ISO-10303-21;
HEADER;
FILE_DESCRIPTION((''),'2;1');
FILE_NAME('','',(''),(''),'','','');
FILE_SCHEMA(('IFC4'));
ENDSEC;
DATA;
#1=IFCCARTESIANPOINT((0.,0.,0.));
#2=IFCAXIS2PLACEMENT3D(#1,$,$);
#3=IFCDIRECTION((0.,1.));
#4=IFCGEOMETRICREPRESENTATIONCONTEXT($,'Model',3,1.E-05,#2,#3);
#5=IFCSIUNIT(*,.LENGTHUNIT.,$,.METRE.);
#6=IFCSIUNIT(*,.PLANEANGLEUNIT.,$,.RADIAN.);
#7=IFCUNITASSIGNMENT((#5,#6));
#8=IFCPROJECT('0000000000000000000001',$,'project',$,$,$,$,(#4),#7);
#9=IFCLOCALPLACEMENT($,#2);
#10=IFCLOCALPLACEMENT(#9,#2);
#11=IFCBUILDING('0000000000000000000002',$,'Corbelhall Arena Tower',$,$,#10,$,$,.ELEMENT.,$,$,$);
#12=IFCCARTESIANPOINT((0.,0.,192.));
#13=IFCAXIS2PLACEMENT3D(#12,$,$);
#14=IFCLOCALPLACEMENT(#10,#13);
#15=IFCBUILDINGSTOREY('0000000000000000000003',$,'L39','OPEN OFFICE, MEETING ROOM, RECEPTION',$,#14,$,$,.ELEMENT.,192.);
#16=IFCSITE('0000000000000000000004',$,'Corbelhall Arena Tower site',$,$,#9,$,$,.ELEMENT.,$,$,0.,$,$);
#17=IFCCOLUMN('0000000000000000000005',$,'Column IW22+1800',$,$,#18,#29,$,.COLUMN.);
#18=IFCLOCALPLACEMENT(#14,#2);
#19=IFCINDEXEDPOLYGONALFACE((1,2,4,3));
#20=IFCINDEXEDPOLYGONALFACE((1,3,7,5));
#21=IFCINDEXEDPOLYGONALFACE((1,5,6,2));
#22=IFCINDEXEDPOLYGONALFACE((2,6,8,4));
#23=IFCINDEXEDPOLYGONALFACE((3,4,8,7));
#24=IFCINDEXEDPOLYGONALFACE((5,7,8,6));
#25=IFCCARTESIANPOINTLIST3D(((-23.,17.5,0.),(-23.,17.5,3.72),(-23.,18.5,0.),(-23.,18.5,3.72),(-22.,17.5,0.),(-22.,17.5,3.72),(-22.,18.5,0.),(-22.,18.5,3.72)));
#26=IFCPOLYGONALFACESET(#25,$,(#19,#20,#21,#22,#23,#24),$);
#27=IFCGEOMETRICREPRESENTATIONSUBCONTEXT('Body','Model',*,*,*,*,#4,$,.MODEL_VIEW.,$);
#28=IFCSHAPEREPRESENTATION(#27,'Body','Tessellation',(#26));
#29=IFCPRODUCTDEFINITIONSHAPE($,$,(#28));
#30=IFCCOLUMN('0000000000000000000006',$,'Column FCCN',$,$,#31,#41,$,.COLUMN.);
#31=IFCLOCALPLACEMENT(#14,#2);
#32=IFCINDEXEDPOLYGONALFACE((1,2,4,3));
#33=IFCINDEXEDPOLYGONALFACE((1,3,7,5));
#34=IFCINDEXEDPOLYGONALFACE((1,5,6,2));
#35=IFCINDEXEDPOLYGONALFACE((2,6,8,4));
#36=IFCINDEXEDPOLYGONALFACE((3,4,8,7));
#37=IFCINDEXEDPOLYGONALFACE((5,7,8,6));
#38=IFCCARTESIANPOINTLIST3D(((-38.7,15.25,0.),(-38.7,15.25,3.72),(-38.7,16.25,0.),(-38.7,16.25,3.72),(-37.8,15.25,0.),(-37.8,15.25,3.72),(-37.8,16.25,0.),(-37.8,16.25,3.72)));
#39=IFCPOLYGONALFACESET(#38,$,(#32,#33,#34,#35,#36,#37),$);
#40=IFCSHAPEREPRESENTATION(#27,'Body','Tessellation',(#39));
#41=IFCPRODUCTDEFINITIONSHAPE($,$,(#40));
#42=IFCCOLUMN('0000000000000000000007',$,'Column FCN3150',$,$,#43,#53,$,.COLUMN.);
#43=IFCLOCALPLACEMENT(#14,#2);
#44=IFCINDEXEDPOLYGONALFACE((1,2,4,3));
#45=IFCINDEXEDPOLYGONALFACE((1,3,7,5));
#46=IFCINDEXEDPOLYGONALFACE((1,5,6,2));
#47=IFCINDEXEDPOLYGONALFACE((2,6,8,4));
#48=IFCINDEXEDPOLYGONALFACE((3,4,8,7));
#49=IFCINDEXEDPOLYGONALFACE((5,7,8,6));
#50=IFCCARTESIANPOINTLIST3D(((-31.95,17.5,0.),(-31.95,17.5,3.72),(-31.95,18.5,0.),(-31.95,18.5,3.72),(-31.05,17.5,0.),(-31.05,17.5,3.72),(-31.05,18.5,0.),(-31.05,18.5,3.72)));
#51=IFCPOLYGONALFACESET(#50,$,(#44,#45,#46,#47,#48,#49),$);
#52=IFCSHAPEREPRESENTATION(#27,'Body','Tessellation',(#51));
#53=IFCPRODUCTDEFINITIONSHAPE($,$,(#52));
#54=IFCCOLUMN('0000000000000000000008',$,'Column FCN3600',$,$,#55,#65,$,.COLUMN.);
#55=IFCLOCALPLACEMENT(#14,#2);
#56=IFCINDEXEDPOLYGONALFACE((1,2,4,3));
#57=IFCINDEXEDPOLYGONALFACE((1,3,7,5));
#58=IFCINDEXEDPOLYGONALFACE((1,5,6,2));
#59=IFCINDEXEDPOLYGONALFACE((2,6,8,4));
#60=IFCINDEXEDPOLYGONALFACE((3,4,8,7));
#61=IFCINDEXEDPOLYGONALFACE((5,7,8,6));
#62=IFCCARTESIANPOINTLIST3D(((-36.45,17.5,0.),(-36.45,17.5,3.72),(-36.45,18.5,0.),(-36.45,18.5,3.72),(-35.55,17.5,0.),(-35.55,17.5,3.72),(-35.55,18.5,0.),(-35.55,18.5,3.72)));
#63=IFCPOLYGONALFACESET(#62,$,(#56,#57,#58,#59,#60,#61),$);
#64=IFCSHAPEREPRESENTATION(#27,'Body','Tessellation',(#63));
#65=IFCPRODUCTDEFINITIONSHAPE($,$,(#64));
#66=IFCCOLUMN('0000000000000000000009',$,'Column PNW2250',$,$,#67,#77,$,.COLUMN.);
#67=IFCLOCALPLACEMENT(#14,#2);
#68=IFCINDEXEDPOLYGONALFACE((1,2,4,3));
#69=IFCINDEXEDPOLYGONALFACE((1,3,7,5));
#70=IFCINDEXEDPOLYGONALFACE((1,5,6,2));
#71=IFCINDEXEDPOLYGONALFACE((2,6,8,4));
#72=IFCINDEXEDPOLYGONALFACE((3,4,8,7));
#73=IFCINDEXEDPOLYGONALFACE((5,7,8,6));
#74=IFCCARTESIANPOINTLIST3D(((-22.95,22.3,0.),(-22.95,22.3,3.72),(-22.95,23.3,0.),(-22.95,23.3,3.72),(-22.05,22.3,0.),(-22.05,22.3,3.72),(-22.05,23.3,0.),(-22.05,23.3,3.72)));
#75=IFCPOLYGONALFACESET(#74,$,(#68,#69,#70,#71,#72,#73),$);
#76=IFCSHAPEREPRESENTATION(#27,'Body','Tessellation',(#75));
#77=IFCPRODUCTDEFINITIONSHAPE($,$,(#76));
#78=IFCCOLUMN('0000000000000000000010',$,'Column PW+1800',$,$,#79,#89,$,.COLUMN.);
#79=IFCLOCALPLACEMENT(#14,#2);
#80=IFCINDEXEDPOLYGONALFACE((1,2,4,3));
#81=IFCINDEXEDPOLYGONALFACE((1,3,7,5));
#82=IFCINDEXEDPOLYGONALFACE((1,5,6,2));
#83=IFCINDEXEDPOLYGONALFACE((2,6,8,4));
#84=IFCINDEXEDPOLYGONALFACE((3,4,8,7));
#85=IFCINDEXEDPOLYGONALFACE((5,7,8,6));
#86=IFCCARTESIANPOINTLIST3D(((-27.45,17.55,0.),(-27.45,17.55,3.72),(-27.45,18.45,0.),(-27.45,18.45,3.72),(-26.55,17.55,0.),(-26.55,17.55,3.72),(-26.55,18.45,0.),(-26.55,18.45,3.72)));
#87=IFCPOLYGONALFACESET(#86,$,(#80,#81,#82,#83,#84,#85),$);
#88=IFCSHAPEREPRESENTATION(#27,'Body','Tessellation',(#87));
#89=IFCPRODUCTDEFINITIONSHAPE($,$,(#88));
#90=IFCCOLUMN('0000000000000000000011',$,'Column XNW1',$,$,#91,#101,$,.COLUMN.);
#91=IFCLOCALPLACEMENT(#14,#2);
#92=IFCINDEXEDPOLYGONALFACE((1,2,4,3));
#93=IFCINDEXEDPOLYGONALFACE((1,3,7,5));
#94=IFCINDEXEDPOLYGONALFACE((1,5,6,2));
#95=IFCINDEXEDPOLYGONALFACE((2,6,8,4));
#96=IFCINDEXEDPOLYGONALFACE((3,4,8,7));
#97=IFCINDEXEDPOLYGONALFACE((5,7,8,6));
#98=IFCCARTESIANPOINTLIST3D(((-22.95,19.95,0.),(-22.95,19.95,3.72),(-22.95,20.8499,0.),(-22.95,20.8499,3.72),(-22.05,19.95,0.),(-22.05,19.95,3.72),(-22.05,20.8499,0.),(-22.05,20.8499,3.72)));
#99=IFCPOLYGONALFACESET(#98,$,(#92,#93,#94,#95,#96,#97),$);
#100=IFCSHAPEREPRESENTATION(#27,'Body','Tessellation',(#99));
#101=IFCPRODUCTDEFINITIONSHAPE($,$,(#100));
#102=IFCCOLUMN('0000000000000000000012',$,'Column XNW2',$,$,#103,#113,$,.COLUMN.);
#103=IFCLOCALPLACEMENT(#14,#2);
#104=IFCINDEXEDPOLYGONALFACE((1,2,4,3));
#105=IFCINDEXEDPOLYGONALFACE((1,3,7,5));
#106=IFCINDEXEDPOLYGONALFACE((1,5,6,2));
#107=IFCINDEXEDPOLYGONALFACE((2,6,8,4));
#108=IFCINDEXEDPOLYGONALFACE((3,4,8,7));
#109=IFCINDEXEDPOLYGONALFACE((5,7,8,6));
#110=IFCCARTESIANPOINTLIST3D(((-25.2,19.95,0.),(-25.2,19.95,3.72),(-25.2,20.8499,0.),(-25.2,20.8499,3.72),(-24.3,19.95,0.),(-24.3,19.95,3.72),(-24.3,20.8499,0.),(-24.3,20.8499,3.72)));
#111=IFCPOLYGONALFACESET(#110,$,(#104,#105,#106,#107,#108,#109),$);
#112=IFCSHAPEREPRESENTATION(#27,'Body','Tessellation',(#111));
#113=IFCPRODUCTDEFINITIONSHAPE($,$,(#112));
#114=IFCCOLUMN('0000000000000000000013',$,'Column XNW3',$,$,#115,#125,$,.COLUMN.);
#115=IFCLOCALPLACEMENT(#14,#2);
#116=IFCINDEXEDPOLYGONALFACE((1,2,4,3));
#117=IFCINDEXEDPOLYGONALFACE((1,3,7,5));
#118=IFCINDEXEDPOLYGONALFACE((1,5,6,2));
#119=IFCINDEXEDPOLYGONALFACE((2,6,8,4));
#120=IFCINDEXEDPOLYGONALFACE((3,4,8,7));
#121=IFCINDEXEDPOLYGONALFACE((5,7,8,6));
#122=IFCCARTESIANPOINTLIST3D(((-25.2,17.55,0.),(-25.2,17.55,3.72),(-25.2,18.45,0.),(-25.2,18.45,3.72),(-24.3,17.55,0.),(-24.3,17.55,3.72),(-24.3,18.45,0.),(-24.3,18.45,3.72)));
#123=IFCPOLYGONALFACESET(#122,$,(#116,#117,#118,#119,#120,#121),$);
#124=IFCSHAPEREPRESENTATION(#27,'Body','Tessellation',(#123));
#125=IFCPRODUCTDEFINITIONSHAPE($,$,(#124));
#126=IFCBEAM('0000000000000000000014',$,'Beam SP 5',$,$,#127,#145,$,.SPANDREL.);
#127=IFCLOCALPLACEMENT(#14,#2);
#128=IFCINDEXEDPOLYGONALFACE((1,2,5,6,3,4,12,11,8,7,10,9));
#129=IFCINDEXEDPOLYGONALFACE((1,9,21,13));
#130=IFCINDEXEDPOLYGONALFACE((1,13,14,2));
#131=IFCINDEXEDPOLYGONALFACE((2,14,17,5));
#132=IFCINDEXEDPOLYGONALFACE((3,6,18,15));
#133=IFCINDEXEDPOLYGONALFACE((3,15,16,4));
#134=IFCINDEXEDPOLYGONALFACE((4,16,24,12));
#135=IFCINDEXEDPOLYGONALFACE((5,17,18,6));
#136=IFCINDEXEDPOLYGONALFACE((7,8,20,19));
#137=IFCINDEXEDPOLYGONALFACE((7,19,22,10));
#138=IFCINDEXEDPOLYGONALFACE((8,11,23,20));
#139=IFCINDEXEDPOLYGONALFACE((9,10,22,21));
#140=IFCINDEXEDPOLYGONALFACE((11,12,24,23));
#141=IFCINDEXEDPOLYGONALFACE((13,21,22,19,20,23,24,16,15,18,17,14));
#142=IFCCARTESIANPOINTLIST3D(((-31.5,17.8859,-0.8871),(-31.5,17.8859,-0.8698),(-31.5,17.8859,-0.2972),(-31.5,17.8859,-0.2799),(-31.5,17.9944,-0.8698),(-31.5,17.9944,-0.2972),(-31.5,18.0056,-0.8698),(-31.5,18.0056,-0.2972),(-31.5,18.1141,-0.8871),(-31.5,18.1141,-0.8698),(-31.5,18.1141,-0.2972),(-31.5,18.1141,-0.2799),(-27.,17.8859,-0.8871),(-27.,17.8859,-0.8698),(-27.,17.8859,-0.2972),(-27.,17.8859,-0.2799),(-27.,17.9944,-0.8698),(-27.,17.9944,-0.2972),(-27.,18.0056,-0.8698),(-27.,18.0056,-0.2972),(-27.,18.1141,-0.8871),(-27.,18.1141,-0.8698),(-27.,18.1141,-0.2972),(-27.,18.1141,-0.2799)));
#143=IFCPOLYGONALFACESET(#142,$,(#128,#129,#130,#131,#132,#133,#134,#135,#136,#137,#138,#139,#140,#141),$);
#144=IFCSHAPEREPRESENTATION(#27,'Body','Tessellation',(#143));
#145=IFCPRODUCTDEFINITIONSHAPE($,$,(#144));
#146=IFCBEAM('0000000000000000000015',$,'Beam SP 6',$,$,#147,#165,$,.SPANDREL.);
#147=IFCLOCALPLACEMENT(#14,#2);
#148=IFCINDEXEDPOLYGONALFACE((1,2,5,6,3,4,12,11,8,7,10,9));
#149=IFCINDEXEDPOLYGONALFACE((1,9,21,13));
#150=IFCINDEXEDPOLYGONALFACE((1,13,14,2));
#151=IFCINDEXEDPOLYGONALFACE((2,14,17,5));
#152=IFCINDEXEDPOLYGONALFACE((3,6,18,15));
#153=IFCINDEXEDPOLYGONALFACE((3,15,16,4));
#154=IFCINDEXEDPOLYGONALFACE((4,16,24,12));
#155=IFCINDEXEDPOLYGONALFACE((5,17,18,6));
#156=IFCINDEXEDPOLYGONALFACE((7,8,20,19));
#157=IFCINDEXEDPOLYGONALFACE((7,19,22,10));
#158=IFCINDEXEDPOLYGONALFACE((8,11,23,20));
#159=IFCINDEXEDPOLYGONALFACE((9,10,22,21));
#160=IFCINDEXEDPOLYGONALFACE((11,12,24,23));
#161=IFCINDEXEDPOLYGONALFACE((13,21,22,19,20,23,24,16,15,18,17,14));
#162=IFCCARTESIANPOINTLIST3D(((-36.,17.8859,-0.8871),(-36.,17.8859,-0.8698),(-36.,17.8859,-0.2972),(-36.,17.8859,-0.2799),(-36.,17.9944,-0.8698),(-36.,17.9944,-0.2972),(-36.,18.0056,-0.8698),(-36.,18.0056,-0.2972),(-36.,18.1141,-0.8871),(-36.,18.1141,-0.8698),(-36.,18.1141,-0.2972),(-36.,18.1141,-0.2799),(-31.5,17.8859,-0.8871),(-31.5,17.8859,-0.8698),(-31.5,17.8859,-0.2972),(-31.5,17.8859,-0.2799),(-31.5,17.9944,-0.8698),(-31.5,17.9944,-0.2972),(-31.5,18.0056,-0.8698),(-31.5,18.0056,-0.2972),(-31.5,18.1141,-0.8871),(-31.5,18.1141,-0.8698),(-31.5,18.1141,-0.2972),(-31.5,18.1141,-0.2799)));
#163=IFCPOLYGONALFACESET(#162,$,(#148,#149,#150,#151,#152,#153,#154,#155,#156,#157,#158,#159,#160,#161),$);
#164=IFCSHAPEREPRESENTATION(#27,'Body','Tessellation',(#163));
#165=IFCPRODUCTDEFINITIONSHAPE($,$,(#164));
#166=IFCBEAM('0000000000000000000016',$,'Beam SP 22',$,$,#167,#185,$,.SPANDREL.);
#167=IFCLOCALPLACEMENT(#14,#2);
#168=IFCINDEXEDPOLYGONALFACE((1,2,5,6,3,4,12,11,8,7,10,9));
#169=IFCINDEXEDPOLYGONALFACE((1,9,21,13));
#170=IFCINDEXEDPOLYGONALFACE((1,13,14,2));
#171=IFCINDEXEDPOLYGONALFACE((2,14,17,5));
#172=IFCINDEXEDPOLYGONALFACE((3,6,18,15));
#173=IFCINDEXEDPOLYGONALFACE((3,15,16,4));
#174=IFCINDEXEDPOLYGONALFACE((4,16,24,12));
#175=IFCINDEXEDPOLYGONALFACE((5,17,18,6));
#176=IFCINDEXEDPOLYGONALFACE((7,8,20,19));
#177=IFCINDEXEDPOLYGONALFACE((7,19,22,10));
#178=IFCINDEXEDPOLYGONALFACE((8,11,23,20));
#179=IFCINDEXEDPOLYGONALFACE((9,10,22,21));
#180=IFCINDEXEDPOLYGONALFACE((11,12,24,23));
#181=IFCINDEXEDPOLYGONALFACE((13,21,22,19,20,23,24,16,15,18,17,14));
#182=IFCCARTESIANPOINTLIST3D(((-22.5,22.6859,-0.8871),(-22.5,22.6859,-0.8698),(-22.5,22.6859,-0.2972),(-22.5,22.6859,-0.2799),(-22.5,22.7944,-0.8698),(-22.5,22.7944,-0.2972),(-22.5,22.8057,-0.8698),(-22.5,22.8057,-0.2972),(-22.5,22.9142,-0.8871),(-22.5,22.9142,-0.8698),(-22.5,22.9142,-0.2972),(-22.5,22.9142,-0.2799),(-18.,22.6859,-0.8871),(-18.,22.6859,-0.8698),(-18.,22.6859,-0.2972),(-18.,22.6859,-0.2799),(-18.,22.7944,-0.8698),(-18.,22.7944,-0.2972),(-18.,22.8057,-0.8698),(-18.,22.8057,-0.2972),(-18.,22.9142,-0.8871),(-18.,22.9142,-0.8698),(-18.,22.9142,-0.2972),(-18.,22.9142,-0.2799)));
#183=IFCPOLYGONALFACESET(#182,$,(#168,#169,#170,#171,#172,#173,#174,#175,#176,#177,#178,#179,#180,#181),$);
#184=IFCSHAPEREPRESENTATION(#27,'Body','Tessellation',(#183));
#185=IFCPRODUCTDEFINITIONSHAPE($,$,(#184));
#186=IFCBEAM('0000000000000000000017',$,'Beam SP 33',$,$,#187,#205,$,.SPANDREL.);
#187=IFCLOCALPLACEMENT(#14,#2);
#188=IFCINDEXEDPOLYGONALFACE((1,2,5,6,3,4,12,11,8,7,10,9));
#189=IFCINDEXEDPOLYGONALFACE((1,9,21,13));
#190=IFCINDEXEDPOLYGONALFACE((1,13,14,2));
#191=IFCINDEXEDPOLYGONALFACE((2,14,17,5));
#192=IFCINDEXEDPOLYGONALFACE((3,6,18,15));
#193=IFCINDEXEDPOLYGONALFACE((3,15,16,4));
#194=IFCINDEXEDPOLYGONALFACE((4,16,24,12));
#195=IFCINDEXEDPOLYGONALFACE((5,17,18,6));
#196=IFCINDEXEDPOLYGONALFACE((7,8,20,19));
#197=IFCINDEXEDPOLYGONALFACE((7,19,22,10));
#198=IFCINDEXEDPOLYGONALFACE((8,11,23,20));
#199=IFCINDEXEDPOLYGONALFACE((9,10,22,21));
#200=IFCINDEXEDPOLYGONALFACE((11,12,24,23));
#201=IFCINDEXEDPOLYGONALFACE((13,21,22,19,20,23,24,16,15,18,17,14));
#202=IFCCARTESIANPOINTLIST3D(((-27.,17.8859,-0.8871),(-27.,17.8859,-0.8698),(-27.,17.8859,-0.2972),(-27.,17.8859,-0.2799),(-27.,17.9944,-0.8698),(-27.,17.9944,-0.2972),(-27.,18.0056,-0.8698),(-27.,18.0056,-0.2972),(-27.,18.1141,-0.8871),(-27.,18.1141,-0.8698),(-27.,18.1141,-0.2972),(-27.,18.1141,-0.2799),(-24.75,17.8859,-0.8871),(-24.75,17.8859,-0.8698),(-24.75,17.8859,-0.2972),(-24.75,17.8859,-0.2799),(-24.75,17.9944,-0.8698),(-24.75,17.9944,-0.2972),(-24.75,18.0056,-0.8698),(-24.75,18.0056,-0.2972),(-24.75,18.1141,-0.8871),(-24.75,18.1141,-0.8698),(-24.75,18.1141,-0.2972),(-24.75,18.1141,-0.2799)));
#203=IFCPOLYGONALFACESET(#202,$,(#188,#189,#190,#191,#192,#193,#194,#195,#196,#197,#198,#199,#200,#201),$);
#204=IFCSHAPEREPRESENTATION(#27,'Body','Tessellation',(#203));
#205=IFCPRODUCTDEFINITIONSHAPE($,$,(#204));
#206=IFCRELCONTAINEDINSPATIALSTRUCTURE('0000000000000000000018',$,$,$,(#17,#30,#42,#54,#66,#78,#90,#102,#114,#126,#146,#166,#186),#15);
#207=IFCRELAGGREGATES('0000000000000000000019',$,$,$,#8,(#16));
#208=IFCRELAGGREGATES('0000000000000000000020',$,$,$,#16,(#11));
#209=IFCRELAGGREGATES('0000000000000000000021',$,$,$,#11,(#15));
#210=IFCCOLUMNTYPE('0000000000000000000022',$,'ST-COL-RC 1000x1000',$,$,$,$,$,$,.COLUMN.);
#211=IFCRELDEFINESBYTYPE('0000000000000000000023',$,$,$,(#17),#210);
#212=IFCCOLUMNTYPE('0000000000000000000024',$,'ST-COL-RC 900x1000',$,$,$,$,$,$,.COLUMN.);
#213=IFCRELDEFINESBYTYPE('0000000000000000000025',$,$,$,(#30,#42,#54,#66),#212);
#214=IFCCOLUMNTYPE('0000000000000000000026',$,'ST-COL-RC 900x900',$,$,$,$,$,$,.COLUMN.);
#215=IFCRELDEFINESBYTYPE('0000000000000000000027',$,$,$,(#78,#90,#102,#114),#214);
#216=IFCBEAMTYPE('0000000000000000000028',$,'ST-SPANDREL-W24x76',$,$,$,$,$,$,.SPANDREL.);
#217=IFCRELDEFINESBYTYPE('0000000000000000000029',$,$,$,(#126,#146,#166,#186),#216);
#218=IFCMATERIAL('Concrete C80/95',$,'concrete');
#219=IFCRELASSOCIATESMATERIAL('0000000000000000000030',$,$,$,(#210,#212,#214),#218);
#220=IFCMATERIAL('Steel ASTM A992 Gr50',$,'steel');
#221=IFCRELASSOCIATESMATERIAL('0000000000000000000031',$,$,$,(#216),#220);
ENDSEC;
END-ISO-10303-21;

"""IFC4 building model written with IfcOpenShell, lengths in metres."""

from ifc_helpers import new_model, si_unit, direction, frame, origin, origin_2d, place, context, subcontext, project, spatial, rectangle, i_section, extrude, material, material_profile, profile_set, type_object, element, save


model = new_model("IFC4")

# Units and contexts
model_context = context("Model", 3, precision=1e-05, world=origin(), true_north=direction((0.0, 1.0)))
body_context = subcontext(model_context, "Body", "Model", "MODEL_VIEW")
ifc_project = project(units=[si_unit("LENGTHUNIT", "METRE"), si_unit("PLANEANGLEUNIT", "RADIAN")], contexts=[model_context])

# Site, building, storey
site_placement = place(None, origin())
site = spatial("IfcSite", under=ifc_project, at=site_placement, Name="Corbelhall Arena Tower site", CompositionType="ELEMENT", RefElevation=0.0)
building_placement = place(site_placement, origin())
building = spatial("IfcBuilding", under=site, at=building_placement, Name="Corbelhall Arena Tower", CompositionType="ELEMENT")
storey_placement = place(building_placement, frame((0.0, 0.0, 192.0)))
storey = spatial("IfcBuildingStorey", under=building, at=storey_placement, Name="L39", Description="OPEN OFFICE, MEETING ROOM, RECEPTION", CompositionType="ELEMENT", Elevation=192.0)

# Columns
ifc_material_1 = material(Name="Concrete C80/95", Category="concrete")
ifc_material_profile_1 = material_profile(ifc_material_1, rectangle(XDim=1.0, YDim=1.0, at=origin_2d()))
ifc_profile_set_1 = profile_set([ifc_material_profile_1], Name="Concrete C80/95")
column_type_1 = type_object("IfcColumnType", Name="ST-COL-RC 1000x1000", PredefinedType="COLUMN", material=ifc_profile_set_1)
column_placement = place(storey_placement, frame((-22.5, 18.0, 0.0), z_axis=(0.0, 0.0, 1.0), x_axis=(1.0, 0.0, 0.0)))
element("IfcColumn", 1, at=column_placement, inside=storey, type_object=column_type_1, Name="Column IW22+1800", PredefinedType="COLUMN", context=body_context, shape_type="SweptSolid", body=[
    extrude(rectangle(XDim=1.0, YDim=1.0, at=origin_2d()), origin(), (0.0, 0.0, 1.0), 3.72),
])
ifc_material_profile_2 = material_profile(ifc_material_1, rectangle(XDim=0.8999, YDim=1.0, at=origin_2d()))
ifc_profile_set_2 = profile_set([ifc_material_profile_2], Name="Concrete C80/95")
column_type_2 = type_object("IfcColumnType", Name="ST-COL-RC 900x1000", PredefinedType="COLUMN", material=ifc_profile_set_2)
for number, where, z_axis, x_axis, name in (
    (2, (-38.25, 15.75, 0.0), (0.0, 0.0, 1.0), (1.0, 0.0, 0.0), "Column FCCN"),
    (3, (-31.5, 18.0, 0.0), (0.0, 0.0, 1.0), (1.0, 0.0, 0.0), "Column FCN3150"),
    (4, (-36.0, 18.0, 0.0), (0.0, 0.0, 1.0), (1.0, 0.0, 0.0), "Column FCN3600"),
    (5, (-22.5, 22.8, 0.0), (0.0, 0.0, 1.0), (1.0, 0.0, 0.0), "Column PNW2250"),
):
    element("IfcColumn", number, at=place(storey_placement, frame(where, z_axis=z_axis, x_axis=x_axis)), inside=storey, type_object=column_type_2, Name=name, PredefinedType="COLUMN", context=body_context, shape_type="SweptSolid", body=[
        extrude(rectangle(XDim=0.8999, YDim=1.0, at=origin_2d()), origin(), (0.0, 0.0, 1.0), 3.72),
    ])
ifc_material_profile_3 = material_profile(ifc_material_1, rectangle(XDim=0.8999, YDim=0.8999, at=origin_2d()))
ifc_profile_set_3 = profile_set([ifc_material_profile_3], Name="Concrete C80/95")
column_type_3 = type_object("IfcColumnType", Name="ST-COL-RC 900x900", PredefinedType="COLUMN", material=ifc_profile_set_3)
for number, where, z_axis, x_axis, name in (
    (6, (-27.0, 18.0, 0.0), (0.0, 0.0, 1.0), (1.0, 0.0, 0.0), "Column PW+1800"),
    (7, (-22.5, 20.3999, 0.0), (0.0, 0.0, 1.0), (1.0, 0.0, 0.0), "Column XNW1"),
    (8, (-24.75, 20.3999, 0.0), (0.0, 0.0, 1.0), (1.0, 0.0, 0.0), "Column XNW2"),
    (9, (-24.75, 18.0, 0.0), (0.0, 0.0, 1.0), (1.0, 0.0, 0.0), "Column XNW3"),
):
    element("IfcColumn", number, at=place(storey_placement, frame(where, z_axis=z_axis, x_axis=x_axis)), inside=storey, type_object=column_type_3, Name=name, PredefinedType="COLUMN", context=body_context, shape_type="SweptSolid", body=[
        extrude(rectangle(XDim=0.8999, YDim=0.8999, at=origin_2d()), origin(), (0.0, 0.0, 1.0), 3.72),
    ])

# Beams
ifc_material_2 = material(Name="Steel ASTM A992 Gr50", Category="steel")
ifc_material_profile_4 = material_profile(ifc_material_2, i_section(OverallWidth=0.2283, OverallDepth=0.6072, WebThickness=0.0112, FlangeThickness=0.0173, at=origin_2d()))
ifc_profile_set_4 = profile_set([ifc_material_profile_4], Name="Steel ASTM A992 Gr50")
beam_type = type_object("IfcBeamType", Name="ST-SPANDREL-W24x76", PredefinedType="SPANDREL", material=ifc_profile_set_4)
for number, where, z_axis, x_axis, name in (
    (10, (-31.5, 18.0, -0.5835), (1.0, 0.0, 0.0), (0.0, 1.0, 0.0), "Beam SP 5"),
    (11, (-36.0, 18.0, -0.5835), (1.0, 0.0, 0.0), (0.0, 1.0, 0.0), "Beam SP 6"),
    (12, (-22.5, 22.8, -0.5835), (1.0, 0.0, 0.0), (0.0, 1.0, 0.0), "Beam SP 22"),
):
    element("IfcBeam", number, at=place(storey_placement, frame(where, z_axis=z_axis, x_axis=x_axis)), inside=storey, type_object=beam_type, Name=name, PredefinedType="SPANDREL", context=body_context, shape_type="SweptSolid", body=[
        extrude(i_section(OverallWidth=0.2283, OverallDepth=0.6072, WebThickness=0.0112, FlangeThickness=0.0173, at=origin_2d()), origin(), (0.0, 0.0, 1.0), 4.5),
    ])
beam_1_placement = place(storey_placement, frame((-27.0, 18.0, -0.5835), z_axis=(1.0, 0.0, 0.0), x_axis=(0.0, 1.0, 0.0)))
element("IfcBeam", 13, at=beam_1_placement, inside=storey, type_object=beam_type, Name="Beam SP 33", PredefinedType="SPANDREL", context=body_context, shape_type="SweptSolid", body=[
    extrude(i_section(OverallWidth=0.2283, OverallDepth=0.6072, WebThickness=0.0112, FlangeThickness=0.0173, at=origin_2d()), origin(), (0.0, 0.0, 1.0), 2.25),
])

save(model, "model.ifc")
